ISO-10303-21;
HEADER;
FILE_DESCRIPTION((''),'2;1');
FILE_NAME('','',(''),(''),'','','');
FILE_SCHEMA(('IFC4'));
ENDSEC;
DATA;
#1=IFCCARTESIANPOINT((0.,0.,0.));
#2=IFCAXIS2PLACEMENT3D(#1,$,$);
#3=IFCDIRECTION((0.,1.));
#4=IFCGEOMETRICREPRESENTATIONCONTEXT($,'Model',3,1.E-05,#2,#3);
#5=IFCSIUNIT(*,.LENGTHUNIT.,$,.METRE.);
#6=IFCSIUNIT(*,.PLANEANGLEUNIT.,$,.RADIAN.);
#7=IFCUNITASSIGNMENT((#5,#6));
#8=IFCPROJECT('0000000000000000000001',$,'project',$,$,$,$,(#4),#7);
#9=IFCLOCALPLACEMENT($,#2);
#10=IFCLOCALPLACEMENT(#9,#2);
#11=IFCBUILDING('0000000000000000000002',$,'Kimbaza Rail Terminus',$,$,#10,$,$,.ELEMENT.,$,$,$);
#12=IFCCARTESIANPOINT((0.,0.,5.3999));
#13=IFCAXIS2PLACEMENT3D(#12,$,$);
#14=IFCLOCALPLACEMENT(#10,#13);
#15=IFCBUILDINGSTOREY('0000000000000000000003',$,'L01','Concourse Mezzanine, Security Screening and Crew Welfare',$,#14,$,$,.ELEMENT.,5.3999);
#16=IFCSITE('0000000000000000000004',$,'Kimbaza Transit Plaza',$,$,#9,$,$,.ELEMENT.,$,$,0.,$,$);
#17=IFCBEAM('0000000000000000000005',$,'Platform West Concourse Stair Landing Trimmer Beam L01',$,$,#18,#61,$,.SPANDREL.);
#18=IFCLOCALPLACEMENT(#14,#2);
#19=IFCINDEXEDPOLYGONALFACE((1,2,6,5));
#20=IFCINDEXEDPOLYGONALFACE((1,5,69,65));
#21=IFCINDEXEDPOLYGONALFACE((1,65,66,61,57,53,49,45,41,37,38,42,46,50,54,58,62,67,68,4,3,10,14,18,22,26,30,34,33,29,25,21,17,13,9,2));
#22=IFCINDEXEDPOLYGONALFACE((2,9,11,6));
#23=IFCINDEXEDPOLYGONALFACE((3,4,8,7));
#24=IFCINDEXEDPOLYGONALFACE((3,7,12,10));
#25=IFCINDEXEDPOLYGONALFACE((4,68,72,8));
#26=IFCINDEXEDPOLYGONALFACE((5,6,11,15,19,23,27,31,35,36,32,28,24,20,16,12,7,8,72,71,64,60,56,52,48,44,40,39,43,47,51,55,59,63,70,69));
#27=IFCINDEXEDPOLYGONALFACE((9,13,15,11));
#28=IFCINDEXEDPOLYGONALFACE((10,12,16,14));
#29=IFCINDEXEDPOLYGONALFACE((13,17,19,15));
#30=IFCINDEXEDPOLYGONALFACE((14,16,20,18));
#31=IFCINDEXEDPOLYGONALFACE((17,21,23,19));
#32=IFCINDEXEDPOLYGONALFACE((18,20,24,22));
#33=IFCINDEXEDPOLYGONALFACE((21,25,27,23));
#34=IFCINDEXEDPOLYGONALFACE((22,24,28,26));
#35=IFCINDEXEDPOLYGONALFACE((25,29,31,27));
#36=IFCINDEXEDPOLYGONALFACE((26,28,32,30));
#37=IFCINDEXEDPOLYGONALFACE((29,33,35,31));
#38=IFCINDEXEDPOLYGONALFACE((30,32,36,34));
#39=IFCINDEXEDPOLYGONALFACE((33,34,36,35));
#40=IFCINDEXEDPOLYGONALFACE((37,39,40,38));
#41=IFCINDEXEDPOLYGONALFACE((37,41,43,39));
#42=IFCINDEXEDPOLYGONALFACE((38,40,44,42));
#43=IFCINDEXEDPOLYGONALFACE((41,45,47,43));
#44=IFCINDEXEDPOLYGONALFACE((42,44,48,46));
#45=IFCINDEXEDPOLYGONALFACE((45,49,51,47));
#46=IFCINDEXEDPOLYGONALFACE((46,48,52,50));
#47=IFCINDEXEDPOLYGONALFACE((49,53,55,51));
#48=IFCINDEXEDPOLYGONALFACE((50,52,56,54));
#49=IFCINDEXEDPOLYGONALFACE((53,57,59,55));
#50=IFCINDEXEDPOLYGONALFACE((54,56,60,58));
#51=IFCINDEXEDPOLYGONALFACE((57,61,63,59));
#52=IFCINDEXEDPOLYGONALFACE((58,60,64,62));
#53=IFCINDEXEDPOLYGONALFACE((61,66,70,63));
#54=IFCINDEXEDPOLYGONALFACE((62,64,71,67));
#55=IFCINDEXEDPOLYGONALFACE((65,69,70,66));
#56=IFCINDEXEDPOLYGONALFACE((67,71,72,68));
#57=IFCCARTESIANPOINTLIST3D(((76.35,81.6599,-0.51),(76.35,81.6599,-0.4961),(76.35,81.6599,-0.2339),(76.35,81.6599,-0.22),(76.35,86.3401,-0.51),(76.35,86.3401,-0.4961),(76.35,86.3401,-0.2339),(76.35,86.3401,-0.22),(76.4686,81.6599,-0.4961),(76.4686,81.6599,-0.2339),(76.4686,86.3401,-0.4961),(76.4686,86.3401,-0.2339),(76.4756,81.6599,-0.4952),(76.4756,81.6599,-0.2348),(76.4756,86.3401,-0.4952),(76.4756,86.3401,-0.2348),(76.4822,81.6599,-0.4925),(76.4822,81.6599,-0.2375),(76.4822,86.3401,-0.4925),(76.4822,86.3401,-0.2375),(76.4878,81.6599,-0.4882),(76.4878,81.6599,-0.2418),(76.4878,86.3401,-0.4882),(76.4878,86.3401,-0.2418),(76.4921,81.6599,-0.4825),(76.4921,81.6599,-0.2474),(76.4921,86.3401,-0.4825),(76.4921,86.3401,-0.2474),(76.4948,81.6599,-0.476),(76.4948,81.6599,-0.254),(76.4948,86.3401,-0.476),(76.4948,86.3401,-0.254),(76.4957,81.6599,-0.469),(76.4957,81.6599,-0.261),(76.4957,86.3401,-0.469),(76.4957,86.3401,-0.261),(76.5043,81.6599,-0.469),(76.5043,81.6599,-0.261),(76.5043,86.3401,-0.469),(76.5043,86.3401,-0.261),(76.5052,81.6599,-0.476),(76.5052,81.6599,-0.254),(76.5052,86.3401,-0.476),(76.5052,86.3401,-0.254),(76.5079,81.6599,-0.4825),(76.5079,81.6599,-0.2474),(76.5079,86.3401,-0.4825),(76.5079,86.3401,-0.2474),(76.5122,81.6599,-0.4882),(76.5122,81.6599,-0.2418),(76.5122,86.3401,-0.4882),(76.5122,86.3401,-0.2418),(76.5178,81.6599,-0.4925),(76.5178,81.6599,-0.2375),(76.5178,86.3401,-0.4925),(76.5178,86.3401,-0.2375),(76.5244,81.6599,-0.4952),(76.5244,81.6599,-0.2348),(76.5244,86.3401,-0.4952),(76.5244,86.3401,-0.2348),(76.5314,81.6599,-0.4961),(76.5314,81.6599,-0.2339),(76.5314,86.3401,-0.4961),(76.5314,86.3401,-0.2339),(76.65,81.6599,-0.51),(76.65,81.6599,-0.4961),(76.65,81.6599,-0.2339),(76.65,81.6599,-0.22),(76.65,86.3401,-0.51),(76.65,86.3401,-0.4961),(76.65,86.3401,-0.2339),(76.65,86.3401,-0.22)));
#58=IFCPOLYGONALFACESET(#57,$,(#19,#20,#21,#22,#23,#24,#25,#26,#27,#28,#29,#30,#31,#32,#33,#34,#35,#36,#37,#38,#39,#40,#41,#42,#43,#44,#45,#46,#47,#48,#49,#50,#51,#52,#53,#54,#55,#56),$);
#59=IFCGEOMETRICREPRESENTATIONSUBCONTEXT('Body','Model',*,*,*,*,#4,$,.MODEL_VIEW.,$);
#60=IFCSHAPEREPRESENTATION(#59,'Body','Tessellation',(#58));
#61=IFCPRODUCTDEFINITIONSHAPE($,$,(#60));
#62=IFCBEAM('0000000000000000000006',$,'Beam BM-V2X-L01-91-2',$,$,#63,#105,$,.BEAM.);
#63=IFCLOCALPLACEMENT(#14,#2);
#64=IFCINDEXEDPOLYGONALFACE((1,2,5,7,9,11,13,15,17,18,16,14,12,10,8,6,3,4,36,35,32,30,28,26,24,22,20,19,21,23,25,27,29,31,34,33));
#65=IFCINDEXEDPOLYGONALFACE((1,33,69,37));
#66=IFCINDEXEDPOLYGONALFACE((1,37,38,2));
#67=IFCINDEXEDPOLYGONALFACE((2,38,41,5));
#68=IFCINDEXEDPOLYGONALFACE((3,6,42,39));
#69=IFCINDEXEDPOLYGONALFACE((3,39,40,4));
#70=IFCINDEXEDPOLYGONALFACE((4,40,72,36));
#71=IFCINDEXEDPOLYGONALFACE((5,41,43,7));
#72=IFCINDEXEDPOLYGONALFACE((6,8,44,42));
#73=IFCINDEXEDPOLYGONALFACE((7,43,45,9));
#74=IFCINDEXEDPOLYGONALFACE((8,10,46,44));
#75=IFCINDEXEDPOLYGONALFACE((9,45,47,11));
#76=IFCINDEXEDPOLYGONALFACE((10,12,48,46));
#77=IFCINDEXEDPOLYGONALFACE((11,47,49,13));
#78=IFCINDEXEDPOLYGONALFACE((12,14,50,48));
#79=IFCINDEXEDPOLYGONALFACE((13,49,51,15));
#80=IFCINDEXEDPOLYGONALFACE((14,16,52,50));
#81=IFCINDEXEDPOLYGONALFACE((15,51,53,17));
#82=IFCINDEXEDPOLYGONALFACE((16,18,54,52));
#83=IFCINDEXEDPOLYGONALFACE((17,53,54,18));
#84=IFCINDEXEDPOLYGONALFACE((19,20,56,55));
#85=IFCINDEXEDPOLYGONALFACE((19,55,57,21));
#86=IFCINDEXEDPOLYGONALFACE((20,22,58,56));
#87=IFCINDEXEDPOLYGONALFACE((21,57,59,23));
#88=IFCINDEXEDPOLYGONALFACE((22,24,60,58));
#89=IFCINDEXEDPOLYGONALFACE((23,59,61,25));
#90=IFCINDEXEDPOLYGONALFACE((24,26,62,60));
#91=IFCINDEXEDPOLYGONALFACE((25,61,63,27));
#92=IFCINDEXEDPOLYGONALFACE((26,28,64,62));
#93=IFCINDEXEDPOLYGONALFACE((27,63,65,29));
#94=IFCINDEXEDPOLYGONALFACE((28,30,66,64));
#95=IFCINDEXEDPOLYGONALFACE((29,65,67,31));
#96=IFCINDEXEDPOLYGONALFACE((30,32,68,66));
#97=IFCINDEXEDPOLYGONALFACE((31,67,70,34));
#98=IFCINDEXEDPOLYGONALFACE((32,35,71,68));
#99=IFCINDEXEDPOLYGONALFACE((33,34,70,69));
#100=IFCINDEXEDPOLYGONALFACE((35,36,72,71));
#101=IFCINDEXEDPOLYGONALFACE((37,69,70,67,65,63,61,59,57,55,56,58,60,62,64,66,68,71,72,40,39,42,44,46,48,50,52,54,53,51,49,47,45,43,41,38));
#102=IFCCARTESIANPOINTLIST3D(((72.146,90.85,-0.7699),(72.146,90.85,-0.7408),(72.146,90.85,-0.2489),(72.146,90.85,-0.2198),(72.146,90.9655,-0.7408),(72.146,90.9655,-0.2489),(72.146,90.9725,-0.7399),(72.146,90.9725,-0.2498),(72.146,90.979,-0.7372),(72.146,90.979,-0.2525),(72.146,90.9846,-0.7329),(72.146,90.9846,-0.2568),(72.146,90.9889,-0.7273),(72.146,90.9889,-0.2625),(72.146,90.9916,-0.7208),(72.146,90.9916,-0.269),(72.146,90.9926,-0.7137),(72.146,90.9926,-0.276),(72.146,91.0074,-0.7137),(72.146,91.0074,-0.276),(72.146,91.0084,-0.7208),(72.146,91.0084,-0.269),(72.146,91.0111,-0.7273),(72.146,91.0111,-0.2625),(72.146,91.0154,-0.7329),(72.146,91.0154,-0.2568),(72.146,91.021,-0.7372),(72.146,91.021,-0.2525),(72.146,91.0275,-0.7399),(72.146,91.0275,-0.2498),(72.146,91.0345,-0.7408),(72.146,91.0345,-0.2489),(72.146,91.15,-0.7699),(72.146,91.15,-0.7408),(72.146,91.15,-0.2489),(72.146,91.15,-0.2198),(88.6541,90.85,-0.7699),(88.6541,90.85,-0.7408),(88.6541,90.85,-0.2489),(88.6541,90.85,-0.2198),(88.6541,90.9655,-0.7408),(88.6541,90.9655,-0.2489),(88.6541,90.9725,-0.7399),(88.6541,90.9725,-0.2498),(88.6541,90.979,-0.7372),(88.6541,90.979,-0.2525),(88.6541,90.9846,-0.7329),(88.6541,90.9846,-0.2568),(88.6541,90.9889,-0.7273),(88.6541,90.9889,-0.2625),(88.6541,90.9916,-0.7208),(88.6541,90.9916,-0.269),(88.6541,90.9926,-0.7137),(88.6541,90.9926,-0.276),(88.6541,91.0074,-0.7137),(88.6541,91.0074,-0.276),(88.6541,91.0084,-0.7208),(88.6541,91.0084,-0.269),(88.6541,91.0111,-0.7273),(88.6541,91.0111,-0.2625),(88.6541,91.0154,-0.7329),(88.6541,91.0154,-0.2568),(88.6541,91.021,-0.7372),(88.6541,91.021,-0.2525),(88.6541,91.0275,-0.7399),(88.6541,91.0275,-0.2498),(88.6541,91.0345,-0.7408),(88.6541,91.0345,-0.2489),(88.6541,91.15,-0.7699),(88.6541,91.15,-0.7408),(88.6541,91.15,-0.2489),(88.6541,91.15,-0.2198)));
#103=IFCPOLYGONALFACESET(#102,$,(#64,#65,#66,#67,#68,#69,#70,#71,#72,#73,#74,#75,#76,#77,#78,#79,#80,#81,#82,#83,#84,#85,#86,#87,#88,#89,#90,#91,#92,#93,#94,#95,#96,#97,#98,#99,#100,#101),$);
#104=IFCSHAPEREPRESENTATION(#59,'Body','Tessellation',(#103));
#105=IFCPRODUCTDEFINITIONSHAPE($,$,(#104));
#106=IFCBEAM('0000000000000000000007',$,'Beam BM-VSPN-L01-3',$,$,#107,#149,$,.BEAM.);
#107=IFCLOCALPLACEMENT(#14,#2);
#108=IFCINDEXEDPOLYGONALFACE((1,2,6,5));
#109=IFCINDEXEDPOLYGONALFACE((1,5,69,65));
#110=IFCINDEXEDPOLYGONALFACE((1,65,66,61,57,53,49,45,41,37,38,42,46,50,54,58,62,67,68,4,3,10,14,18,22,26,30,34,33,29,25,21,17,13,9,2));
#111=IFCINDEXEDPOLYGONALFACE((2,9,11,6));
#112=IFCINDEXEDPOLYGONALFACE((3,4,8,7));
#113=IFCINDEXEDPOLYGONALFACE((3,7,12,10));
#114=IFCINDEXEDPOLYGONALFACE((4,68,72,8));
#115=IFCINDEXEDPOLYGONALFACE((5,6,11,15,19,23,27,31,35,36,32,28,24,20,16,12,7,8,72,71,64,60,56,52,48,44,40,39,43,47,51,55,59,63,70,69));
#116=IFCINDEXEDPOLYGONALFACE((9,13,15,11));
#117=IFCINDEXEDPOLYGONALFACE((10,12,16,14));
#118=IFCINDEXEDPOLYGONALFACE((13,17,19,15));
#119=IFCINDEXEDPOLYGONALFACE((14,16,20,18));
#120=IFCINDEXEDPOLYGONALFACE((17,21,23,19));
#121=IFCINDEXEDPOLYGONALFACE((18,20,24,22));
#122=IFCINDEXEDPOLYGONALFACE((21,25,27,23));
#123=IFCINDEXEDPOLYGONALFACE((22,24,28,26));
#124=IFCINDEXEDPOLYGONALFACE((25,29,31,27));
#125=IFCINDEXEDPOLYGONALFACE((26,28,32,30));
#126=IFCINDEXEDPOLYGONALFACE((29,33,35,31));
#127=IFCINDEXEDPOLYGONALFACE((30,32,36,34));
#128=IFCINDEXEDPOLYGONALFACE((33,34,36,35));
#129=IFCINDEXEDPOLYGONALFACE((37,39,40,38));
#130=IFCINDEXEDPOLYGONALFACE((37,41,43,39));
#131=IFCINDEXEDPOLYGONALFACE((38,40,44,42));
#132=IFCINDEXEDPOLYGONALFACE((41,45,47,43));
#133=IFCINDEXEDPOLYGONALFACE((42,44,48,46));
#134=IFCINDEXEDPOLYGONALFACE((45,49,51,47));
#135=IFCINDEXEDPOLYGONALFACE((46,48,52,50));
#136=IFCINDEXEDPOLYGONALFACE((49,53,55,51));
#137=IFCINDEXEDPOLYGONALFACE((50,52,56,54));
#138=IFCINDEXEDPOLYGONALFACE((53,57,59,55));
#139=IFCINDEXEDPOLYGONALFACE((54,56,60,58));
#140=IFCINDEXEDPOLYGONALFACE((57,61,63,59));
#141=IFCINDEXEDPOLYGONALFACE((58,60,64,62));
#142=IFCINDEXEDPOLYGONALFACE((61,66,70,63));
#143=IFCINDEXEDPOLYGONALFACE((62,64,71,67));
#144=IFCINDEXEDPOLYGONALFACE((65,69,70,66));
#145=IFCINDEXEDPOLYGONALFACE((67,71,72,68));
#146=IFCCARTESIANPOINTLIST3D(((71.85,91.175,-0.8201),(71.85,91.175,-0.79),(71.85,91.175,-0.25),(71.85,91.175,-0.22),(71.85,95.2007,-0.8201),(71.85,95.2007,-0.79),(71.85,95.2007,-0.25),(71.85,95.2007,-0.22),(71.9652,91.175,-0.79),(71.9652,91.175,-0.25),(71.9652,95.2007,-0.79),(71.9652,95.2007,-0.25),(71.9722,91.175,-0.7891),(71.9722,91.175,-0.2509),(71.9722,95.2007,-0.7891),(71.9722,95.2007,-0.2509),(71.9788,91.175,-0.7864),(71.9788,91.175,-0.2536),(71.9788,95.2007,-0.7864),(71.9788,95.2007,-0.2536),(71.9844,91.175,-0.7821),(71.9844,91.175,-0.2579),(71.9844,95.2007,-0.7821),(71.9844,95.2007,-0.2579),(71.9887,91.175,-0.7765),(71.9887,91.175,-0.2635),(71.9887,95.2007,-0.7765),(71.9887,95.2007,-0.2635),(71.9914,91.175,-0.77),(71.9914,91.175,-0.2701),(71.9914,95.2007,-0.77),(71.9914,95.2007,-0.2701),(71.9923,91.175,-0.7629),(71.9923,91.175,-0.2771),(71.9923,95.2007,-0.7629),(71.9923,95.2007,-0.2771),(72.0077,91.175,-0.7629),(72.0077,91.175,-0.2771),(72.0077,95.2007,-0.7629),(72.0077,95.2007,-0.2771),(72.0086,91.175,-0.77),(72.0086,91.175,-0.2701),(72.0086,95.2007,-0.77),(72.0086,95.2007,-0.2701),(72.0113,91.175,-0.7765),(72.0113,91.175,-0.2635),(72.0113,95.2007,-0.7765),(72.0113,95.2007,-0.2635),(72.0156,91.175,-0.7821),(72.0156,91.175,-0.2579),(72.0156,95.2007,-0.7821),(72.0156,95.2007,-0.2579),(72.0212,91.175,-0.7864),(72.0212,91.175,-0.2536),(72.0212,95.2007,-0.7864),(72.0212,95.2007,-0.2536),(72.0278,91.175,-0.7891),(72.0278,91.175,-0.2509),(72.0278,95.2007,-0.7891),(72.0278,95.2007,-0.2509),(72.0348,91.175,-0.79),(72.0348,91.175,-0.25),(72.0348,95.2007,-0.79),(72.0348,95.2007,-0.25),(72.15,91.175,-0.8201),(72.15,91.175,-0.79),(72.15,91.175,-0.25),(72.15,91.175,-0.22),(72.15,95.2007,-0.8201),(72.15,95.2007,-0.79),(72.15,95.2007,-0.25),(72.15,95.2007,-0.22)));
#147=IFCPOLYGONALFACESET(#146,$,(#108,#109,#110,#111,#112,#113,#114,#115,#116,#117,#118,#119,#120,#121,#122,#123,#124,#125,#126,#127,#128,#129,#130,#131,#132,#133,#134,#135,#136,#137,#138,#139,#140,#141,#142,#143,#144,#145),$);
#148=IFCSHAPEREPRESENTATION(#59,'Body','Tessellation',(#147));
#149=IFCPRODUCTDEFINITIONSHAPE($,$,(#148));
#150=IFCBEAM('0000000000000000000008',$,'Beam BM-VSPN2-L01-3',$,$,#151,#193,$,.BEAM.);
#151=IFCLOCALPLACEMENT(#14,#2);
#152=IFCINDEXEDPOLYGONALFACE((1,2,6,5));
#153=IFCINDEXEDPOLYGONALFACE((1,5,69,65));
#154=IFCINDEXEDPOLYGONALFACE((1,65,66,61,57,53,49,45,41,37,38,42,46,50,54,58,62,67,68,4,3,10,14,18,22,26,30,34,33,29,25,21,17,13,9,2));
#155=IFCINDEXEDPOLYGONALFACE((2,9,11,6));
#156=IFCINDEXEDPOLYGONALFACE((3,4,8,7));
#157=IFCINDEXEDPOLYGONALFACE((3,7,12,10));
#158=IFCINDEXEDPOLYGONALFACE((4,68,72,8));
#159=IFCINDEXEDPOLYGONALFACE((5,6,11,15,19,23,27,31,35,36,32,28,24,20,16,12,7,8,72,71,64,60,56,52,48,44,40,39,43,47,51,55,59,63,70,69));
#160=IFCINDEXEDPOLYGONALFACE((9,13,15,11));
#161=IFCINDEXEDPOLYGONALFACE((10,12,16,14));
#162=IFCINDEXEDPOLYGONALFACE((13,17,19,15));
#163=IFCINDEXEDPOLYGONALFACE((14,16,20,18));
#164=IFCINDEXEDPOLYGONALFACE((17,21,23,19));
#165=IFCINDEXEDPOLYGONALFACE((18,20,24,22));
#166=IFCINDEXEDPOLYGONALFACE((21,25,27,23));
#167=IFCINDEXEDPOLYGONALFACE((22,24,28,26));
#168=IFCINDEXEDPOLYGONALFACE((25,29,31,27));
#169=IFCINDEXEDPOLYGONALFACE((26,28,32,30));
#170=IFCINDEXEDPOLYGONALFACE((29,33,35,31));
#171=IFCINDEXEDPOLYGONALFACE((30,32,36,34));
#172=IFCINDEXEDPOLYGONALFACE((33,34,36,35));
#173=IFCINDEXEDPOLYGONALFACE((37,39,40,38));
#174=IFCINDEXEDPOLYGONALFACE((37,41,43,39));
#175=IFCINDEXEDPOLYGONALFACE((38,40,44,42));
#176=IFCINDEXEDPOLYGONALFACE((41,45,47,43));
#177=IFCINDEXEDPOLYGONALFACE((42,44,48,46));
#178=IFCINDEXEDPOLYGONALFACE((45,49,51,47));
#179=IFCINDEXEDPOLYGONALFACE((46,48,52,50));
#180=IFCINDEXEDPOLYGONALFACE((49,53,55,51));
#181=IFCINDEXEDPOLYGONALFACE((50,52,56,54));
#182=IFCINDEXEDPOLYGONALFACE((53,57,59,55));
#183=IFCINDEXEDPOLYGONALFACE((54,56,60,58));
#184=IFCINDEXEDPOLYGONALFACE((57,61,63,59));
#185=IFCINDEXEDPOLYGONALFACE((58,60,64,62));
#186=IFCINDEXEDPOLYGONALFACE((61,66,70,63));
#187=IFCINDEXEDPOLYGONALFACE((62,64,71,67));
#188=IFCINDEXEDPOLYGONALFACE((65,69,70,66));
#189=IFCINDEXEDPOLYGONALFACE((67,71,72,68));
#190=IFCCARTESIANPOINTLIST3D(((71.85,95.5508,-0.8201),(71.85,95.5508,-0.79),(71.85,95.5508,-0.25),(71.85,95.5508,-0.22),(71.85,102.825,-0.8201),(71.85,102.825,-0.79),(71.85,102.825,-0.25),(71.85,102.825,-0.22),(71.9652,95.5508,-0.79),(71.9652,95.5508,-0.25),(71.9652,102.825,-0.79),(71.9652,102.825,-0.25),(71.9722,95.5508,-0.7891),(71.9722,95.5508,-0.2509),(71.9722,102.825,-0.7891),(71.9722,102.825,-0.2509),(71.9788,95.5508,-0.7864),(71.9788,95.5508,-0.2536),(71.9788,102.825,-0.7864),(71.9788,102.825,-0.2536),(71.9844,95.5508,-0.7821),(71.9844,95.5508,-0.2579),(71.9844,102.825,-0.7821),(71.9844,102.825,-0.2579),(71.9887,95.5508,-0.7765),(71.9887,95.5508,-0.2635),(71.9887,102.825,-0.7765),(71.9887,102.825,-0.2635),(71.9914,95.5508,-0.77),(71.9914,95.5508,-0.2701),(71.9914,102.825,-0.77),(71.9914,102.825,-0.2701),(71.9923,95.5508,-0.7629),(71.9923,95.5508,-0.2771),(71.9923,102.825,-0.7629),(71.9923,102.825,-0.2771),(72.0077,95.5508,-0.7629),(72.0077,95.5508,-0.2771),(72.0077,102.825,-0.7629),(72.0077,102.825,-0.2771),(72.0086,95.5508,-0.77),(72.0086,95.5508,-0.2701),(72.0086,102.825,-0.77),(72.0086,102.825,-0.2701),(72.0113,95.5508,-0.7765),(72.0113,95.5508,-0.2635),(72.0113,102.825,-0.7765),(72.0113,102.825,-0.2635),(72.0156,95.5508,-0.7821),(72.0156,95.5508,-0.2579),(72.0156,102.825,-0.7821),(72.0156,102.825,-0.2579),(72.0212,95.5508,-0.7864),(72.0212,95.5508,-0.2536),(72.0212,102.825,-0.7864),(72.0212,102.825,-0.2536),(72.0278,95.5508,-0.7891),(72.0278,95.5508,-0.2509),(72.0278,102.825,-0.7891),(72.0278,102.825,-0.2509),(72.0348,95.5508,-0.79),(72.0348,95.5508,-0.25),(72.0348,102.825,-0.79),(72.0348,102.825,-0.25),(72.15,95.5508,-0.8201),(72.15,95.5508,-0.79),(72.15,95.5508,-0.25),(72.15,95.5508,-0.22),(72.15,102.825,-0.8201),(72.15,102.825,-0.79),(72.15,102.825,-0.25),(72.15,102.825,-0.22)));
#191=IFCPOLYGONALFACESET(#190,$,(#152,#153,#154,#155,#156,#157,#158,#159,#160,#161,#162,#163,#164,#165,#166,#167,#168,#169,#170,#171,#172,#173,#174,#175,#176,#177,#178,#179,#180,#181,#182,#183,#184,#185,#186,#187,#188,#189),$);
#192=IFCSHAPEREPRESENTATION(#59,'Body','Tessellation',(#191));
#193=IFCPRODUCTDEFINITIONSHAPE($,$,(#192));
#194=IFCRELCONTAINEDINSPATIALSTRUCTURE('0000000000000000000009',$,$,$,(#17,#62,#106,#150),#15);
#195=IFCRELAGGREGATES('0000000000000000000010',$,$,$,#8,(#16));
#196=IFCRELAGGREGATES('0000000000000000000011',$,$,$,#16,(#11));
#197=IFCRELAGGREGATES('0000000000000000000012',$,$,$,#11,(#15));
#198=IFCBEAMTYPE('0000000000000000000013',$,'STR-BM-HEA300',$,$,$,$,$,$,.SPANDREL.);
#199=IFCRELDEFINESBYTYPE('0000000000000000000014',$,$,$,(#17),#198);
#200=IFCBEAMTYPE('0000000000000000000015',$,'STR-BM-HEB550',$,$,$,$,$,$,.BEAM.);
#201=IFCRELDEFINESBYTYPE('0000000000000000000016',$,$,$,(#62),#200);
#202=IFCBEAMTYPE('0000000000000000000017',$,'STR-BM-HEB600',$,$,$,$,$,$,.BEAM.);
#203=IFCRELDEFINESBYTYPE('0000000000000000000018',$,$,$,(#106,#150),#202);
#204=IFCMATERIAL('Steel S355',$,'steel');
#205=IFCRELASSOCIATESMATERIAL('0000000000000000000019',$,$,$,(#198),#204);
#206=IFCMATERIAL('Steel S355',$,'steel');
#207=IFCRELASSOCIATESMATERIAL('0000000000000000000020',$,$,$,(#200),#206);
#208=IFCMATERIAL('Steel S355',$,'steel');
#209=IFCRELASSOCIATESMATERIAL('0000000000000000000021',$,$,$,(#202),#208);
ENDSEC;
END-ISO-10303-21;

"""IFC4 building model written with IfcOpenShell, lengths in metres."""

from ifc_helpers import new_model, si_unit, direction, frame, origin, origin_2d, place, context, subcontext, project, spatial, i_section, extrude, material, material_profile, profile_set, type_object, element, save


model = new_model("IFC4")

# Units and contexts
model_context = context("Model", 3, precision=1e-05, world=origin(), true_north=direction((0.0, 1.0)))
body_context = subcontext(model_context, "Body", "Model", "MODEL_VIEW")
ifc_project = project(units=[si_unit("LENGTHUNIT", "METRE"), si_unit("PLANEANGLEUNIT", "RADIAN")], contexts=[model_context])

# Site, building, storey
site_placement = place(None, origin())
site = spatial("IfcSite", under=ifc_project, at=site_placement, Name="Kimbaza Transit Plaza", CompositionType="ELEMENT", RefElevation=0.0)
building_placement = place(site_placement, origin())
building = spatial("IfcBuilding", under=site, at=building_placement, Name="Kimbaza Rail Terminus", CompositionType="ELEMENT")
storey_placement = place(building_placement, frame((0.0, 0.0, 5.3999)))
storey = spatial("IfcBuildingStorey", under=building, at=storey_placement, Name="L01", Description="Concourse Mezzanine, Security Screening and Crew Welfare", CompositionType="ELEMENT", Elevation=5.3999)

# Beams
ifc_material_1 = material(Name="Steel S355", Category="steel")
ifc_material_profile_1 = material_profile(ifc_material_1, i_section(OverallWidth=0.3, OverallDepth=0.29, WebThickness=0.0085, FlangeThickness=0.0139, FilletRadius=0.0271, at=origin_2d()), Name="HEA 300")
ifc_profile_set_1 = profile_set([ifc_material_profile_1], Name="Steel S355")
beam_type_1 = type_object("IfcBeamType", Name="STR-BM-HEA300", PredefinedType="SPANDREL", material=ifc_profile_set_1)
beam_1_placement = place(storey_placement, frame((76.5, 81.6599, -0.365), z_axis=(0.0, 1.0, 0.0), x_axis=(-1.0, 0.0, 0.0)))
element("IfcBeam", 1, at=beam_1_placement, inside=storey, type_object=beam_type_1, Name="Platform West Concourse Stair Landing Trimmer Beam L01", PredefinedType="SPANDREL", context=body_context, shape_type="SweptSolid", body=[
    extrude(i_section(OverallWidth=0.3, OverallDepth=0.29, WebThickness=0.0085, FlangeThickness=0.0139, FilletRadius=0.0271, at=origin_2d()), origin(), (0.0, 0.0, 1.0), 4.6802),
])
ifc_material_2 = material(Name="Steel S355", Category="steel")
ifc_material_profile_2 = material_profile(ifc_material_2, i_section(OverallWidth=0.3, OverallDepth=0.55, WebThickness=0.0149, FlangeThickness=0.0291, FilletRadius=0.0271, at=origin_2d()), Name="HEB 550")
ifc_profile_set_2 = profile_set([ifc_material_profile_2], Name="Steel S355")
beam_type_2 = type_object("IfcBeamType", Name="STR-BM-HEB550", PredefinedType="BEAM", material=ifc_profile_set_2)
beam_2_placement = place(storey_placement, frame((72.146, 91.0, -0.4949), z_axis=(1.0, 0.0, 0.0), x_axis=(0.0, 1.0, 0.0)))
element("IfcBeam", 2, at=beam_2_placement, inside=storey, type_object=beam_type_2, Name="Beam BM-V2X-L01-91-2", PredefinedType="BEAM", context=body_context, shape_type="SweptSolid", body=[
    extrude(i_section(OverallWidth=0.3, OverallDepth=0.55, WebThickness=0.0149, FlangeThickness=0.0291, FilletRadius=0.0271, at=origin_2d()), origin(), (0.0, 0.0, 1.0), 16.5081),
])
ifc_material_3 = material(Name="Steel S355", Category="steel")
ifc_material_profile_3 = material_profile(ifc_material_3, i_section(OverallWidth=0.3, OverallDepth=0.6001, WebThickness=0.0154, FlangeThickness=0.03, FilletRadius=0.0271, at=origin_2d()), Name="HEB 600")
ifc_profile_set_3 = profile_set([ifc_material_profile_3], Name="Steel S355")
beam_type_3 = type_object("IfcBeamType", Name="STR-BM-HEB600", PredefinedType="BEAM", material=ifc_profile_set_3)
beam_3_placement = place(storey_placement, frame((72.0, 91.175, -0.52), z_axis=(0.0, 1.0, 0.0), x_axis=(-1.0, 0.0, 0.0)))
element("IfcBeam", 3, at=beam_3_placement, inside=storey, type_object=beam_type_3, Name="Beam BM-VSPN-L01-3", PredefinedType="BEAM", context=body_context, shape_type="SweptSolid", body=[
    extrude(i_section(OverallWidth=0.3, OverallDepth=0.6001, WebThickness=0.0154, FlangeThickness=0.03, FilletRadius=0.0271, at=origin_2d()), origin(), (0.0, 0.0, 1.0), 4.0256),
])
beam_4_placement = place(storey_placement, frame((72.0, 95.5508, -0.52), z_axis=(0.0, 1.0, 0.0), x_axis=(-1.0, 0.0, 0.0)))
element("IfcBeam", 4, at=beam_4_placement, inside=storey, type_object=beam_type_3, Name="Beam BM-VSPN2-L01-3", PredefinedType="BEAM", context=body_context, shape_type="SweptSolid", body=[
    extrude(i_section(OverallWidth=0.3, OverallDepth=0.6001, WebThickness=0.0154, FlangeThickness=0.03, FilletRadius=0.0271, at=origin_2d()), origin(), (0.0, 0.0, 1.0), 7.2742),
])

save(model, "model.ifc")
